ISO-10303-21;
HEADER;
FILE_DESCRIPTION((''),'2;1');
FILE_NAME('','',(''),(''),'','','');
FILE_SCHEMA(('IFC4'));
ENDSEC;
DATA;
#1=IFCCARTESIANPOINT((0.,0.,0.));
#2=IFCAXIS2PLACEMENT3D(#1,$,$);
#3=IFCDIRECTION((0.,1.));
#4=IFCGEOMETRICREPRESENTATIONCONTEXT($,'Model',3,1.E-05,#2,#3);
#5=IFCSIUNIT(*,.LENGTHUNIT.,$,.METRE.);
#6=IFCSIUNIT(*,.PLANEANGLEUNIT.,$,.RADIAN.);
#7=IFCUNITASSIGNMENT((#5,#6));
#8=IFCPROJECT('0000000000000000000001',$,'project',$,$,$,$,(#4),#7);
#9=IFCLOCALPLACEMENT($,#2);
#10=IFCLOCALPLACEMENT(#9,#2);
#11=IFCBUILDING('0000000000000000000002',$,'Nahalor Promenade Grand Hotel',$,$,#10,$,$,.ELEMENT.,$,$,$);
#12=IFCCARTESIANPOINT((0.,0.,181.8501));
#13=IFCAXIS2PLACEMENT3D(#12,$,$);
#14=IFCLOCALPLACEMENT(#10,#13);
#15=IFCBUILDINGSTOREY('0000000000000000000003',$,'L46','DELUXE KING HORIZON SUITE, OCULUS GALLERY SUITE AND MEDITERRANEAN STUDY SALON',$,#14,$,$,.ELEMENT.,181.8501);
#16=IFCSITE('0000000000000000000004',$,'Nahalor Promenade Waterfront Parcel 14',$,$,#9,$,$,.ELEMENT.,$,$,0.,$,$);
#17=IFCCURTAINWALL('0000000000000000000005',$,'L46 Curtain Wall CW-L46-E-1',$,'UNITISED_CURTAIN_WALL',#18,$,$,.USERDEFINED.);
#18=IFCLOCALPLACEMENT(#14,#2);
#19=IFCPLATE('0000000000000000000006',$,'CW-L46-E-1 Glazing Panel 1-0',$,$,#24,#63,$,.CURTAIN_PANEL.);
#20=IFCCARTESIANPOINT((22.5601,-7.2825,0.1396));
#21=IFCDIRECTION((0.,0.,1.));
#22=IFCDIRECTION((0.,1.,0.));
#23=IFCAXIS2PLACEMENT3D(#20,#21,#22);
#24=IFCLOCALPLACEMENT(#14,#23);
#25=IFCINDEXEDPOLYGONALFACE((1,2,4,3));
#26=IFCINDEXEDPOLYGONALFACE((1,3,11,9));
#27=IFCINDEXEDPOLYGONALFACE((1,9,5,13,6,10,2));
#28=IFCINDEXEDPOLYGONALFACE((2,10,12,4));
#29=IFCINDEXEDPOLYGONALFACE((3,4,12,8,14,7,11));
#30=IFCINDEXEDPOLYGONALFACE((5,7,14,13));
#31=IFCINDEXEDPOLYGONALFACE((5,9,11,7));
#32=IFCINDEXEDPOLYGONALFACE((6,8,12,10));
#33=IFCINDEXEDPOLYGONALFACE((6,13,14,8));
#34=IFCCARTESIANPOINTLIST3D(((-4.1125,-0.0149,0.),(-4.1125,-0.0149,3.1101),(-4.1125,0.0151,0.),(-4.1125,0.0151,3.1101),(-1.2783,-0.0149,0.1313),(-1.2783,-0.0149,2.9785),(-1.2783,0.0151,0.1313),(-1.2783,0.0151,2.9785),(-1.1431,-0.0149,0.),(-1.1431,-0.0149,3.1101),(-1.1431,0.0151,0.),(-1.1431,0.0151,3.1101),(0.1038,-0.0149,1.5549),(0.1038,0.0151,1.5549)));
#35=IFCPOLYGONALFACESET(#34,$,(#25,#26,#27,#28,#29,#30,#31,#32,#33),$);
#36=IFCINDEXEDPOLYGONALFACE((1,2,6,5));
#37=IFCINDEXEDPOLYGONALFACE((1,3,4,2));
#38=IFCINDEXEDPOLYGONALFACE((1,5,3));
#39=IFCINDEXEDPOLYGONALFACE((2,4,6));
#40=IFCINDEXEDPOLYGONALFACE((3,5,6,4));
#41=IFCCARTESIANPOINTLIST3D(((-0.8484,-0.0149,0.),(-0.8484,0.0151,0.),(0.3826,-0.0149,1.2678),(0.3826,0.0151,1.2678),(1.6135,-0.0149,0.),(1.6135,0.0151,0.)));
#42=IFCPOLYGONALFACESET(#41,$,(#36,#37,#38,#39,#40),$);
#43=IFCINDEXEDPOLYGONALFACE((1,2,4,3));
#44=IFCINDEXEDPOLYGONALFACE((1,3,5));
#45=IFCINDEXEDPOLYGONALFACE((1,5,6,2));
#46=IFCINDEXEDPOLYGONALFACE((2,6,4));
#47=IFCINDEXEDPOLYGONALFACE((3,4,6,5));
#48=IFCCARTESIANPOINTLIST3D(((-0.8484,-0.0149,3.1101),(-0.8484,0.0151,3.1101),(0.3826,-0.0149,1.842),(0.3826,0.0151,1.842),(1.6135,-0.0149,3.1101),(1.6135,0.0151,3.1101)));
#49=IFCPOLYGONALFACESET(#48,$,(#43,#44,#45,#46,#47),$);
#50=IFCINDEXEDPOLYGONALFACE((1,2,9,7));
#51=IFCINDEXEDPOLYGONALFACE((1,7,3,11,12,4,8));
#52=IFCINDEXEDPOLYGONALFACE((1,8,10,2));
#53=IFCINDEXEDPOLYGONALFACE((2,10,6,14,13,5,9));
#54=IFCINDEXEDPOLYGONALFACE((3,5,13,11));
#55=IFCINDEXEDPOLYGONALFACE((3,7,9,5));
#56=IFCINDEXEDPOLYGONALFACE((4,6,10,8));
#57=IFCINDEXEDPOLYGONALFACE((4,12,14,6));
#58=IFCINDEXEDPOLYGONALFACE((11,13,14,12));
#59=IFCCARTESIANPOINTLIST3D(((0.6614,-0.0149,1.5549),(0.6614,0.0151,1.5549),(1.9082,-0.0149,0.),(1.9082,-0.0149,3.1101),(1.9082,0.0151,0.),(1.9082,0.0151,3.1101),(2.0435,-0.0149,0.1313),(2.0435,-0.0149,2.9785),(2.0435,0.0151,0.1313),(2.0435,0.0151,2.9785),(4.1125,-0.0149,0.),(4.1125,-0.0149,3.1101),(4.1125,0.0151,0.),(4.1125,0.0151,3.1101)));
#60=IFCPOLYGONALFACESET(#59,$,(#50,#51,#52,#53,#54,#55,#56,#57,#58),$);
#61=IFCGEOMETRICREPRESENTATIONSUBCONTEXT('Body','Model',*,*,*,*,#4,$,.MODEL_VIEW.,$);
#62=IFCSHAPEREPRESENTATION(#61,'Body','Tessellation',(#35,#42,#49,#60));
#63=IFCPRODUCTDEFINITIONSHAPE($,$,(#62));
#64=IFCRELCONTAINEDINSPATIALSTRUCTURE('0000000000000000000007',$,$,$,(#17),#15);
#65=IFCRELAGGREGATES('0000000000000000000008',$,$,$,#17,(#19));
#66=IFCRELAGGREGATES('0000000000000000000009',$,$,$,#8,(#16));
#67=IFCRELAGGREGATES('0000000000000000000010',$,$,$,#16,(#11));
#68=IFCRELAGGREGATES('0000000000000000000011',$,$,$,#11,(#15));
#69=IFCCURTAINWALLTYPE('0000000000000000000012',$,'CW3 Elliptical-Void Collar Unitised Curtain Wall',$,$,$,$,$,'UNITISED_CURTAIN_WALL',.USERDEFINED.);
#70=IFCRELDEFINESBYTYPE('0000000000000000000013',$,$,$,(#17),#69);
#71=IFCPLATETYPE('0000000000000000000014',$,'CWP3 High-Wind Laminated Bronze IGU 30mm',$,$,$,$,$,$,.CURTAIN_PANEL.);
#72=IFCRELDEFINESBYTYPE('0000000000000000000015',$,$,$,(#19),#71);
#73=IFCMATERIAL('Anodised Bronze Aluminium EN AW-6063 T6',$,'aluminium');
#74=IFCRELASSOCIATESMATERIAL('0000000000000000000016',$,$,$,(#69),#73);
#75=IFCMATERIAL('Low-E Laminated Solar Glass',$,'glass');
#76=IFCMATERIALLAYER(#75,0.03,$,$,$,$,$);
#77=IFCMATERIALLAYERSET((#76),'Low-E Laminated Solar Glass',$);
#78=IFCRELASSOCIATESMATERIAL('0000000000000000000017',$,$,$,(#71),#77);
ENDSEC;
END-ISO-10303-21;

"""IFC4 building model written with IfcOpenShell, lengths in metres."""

from ifc_helpers import new_model, si_unit, direction, frame, origin, place, context, subcontext, project, spatial, polyline, outline, extrude, material, layer, layer_set, type_object, element, aggregate, save


model = new_model("IFC4")

# Units and contexts
model_context = context("Model", 3, precision=1e-05, world=origin(), true_north=direction((0.0, 1.0)))
body_context = subcontext(model_context, "Body", "Model", "MODEL_VIEW")
ifc_project = project(units=[si_unit("LENGTHUNIT", "METRE"), si_unit("PLANEANGLEUNIT", "RADIAN")], contexts=[model_context])

# Site, building, storey
site_placement = place(None, origin())
site = spatial("IfcSite", under=ifc_project, at=site_placement, Name="Nahalor Promenade Waterfront Parcel 14", CompositionType="ELEMENT", RefElevation=0.0)
building_placement = place(site_placement, origin())
building = spatial("IfcBuilding", under=site, at=building_placement, Name="Nahalor Promenade Grand Hotel", CompositionType="ELEMENT")
storey_placement = place(building_placement, frame((0.0, 0.0, 181.8501)))
storey = spatial("IfcBuildingStorey", under=building, at=storey_placement, Name="L46", Description="DELUXE KING HORIZON SUITE, OCULUS GALLERY SUITE AND MEDITERRANEAN STUDY SALON", CompositionType="ELEMENT", Elevation=181.8501)

# Shared definitions
ifc_material_1 = material(Name="Anodised Bronze Aluminium EN AW-6063 T6", Category="aluminium")
curtain_wall_type = type_object("IfcCurtainWallType", Name="CW3 Elliptical-Void Collar Unitised Curtain Wall", ElementType="UNITISED_CURTAIN_WALL", PredefinedType="USERDEFINED", material=ifc_material_1)

# Curtain wall, plate
curtain_wall_1_placement = place(storey_placement, origin())
curtain_wall_1 = element("IfcCurtainWall", 1, at=curtain_wall_1_placement, inside=storey, type_object=curtain_wall_type, Name="L46 Curtain Wall CW-L46-E-1", ObjectType="UNITISED_CURTAIN_WALL", PredefinedType="USERDEFINED")
ifc_material_2 = material(Name="Low-E Laminated Solar Glass", Category="glass")
ifc_layer_1 = layer(ifc_material_2, 0.03)
ifc_layer_set_1 = layer_set([ifc_layer_1], Name="Low-E Laminated Solar Glass")
plate_type_1 = type_object("IfcPlateType", Name="CWP3 High-Wind Laminated Bronze IGU 30mm", PredefinedType="CURTAIN_PANEL", material=ifc_layer_set_1)
plate_1_placement = place(storey_placement, frame((22.5601, -7.2825, 0.1396), z_axis=(0.0, 0.0, 1.0), x_axis=(0.0, 1.0, 0.0)))
plate_1 = element("IfcPlate", 2, at=plate_1_placement, type_object=plate_type_1, Name="CW-L46-E-1 Glazing Panel 1-0", PredefinedType="CURTAIN_PANEL", context=body_context, shape_type="SweptSolid", body=[
    extrude(outline(polyline([(-4.1125, 3.1101), (-4.1125, 0.0), (-1.1431, 0.0), (-1.2783, 0.1313), (0.1038, 1.5549), (-1.2783, 2.9785), (-1.1431, 3.1101), (-4.1125, 3.1101)])), frame((0.0, 0.0151, 0.0), z_axis=(0.0, -1.0, 0.0), x_axis=(1.0, 0.0, 0.0)), (0.0, 0.0, 1.0), 0.03),
    extrude(outline(polyline([(0.3826, 1.2678), (-0.8484, 0.0), (1.6135, 0.0), (0.3826, 1.2678)])), frame((0.0, 0.0151, 0.0), z_axis=(0.0, -1.0, 0.0), x_axis=(1.0, 0.0, 0.0)), (0.0, 0.0, 1.0), 0.03),
    extrude(outline(polyline([(0.3826, 1.842), (1.6135, 3.1101), (-0.8484, 3.1101), (0.3826, 1.842)])), frame((0.0, 0.0151, 0.0), z_axis=(0.0, -1.0, 0.0), x_axis=(1.0, 0.0, 0.0)), (0.0, 0.0, 1.0), 0.03),
    extrude(outline(polyline([(4.1125, 0.0), (4.1125, 3.1101), (1.9082, 3.1101), (2.0435, 2.9785), (0.6614, 1.5549), (2.0435, 0.1313), (1.9082, 0.0), (4.1125, 0.0)])), frame((0.0, 0.0151, 0.0), z_axis=(0.0, -1.0, 0.0), x_axis=(1.0, 0.0, 0.0)), (0.0, 0.0, 1.0), 0.03),
])
aggregate(curtain_wall_1, [plate_1])

save(model, "model.ifc")
